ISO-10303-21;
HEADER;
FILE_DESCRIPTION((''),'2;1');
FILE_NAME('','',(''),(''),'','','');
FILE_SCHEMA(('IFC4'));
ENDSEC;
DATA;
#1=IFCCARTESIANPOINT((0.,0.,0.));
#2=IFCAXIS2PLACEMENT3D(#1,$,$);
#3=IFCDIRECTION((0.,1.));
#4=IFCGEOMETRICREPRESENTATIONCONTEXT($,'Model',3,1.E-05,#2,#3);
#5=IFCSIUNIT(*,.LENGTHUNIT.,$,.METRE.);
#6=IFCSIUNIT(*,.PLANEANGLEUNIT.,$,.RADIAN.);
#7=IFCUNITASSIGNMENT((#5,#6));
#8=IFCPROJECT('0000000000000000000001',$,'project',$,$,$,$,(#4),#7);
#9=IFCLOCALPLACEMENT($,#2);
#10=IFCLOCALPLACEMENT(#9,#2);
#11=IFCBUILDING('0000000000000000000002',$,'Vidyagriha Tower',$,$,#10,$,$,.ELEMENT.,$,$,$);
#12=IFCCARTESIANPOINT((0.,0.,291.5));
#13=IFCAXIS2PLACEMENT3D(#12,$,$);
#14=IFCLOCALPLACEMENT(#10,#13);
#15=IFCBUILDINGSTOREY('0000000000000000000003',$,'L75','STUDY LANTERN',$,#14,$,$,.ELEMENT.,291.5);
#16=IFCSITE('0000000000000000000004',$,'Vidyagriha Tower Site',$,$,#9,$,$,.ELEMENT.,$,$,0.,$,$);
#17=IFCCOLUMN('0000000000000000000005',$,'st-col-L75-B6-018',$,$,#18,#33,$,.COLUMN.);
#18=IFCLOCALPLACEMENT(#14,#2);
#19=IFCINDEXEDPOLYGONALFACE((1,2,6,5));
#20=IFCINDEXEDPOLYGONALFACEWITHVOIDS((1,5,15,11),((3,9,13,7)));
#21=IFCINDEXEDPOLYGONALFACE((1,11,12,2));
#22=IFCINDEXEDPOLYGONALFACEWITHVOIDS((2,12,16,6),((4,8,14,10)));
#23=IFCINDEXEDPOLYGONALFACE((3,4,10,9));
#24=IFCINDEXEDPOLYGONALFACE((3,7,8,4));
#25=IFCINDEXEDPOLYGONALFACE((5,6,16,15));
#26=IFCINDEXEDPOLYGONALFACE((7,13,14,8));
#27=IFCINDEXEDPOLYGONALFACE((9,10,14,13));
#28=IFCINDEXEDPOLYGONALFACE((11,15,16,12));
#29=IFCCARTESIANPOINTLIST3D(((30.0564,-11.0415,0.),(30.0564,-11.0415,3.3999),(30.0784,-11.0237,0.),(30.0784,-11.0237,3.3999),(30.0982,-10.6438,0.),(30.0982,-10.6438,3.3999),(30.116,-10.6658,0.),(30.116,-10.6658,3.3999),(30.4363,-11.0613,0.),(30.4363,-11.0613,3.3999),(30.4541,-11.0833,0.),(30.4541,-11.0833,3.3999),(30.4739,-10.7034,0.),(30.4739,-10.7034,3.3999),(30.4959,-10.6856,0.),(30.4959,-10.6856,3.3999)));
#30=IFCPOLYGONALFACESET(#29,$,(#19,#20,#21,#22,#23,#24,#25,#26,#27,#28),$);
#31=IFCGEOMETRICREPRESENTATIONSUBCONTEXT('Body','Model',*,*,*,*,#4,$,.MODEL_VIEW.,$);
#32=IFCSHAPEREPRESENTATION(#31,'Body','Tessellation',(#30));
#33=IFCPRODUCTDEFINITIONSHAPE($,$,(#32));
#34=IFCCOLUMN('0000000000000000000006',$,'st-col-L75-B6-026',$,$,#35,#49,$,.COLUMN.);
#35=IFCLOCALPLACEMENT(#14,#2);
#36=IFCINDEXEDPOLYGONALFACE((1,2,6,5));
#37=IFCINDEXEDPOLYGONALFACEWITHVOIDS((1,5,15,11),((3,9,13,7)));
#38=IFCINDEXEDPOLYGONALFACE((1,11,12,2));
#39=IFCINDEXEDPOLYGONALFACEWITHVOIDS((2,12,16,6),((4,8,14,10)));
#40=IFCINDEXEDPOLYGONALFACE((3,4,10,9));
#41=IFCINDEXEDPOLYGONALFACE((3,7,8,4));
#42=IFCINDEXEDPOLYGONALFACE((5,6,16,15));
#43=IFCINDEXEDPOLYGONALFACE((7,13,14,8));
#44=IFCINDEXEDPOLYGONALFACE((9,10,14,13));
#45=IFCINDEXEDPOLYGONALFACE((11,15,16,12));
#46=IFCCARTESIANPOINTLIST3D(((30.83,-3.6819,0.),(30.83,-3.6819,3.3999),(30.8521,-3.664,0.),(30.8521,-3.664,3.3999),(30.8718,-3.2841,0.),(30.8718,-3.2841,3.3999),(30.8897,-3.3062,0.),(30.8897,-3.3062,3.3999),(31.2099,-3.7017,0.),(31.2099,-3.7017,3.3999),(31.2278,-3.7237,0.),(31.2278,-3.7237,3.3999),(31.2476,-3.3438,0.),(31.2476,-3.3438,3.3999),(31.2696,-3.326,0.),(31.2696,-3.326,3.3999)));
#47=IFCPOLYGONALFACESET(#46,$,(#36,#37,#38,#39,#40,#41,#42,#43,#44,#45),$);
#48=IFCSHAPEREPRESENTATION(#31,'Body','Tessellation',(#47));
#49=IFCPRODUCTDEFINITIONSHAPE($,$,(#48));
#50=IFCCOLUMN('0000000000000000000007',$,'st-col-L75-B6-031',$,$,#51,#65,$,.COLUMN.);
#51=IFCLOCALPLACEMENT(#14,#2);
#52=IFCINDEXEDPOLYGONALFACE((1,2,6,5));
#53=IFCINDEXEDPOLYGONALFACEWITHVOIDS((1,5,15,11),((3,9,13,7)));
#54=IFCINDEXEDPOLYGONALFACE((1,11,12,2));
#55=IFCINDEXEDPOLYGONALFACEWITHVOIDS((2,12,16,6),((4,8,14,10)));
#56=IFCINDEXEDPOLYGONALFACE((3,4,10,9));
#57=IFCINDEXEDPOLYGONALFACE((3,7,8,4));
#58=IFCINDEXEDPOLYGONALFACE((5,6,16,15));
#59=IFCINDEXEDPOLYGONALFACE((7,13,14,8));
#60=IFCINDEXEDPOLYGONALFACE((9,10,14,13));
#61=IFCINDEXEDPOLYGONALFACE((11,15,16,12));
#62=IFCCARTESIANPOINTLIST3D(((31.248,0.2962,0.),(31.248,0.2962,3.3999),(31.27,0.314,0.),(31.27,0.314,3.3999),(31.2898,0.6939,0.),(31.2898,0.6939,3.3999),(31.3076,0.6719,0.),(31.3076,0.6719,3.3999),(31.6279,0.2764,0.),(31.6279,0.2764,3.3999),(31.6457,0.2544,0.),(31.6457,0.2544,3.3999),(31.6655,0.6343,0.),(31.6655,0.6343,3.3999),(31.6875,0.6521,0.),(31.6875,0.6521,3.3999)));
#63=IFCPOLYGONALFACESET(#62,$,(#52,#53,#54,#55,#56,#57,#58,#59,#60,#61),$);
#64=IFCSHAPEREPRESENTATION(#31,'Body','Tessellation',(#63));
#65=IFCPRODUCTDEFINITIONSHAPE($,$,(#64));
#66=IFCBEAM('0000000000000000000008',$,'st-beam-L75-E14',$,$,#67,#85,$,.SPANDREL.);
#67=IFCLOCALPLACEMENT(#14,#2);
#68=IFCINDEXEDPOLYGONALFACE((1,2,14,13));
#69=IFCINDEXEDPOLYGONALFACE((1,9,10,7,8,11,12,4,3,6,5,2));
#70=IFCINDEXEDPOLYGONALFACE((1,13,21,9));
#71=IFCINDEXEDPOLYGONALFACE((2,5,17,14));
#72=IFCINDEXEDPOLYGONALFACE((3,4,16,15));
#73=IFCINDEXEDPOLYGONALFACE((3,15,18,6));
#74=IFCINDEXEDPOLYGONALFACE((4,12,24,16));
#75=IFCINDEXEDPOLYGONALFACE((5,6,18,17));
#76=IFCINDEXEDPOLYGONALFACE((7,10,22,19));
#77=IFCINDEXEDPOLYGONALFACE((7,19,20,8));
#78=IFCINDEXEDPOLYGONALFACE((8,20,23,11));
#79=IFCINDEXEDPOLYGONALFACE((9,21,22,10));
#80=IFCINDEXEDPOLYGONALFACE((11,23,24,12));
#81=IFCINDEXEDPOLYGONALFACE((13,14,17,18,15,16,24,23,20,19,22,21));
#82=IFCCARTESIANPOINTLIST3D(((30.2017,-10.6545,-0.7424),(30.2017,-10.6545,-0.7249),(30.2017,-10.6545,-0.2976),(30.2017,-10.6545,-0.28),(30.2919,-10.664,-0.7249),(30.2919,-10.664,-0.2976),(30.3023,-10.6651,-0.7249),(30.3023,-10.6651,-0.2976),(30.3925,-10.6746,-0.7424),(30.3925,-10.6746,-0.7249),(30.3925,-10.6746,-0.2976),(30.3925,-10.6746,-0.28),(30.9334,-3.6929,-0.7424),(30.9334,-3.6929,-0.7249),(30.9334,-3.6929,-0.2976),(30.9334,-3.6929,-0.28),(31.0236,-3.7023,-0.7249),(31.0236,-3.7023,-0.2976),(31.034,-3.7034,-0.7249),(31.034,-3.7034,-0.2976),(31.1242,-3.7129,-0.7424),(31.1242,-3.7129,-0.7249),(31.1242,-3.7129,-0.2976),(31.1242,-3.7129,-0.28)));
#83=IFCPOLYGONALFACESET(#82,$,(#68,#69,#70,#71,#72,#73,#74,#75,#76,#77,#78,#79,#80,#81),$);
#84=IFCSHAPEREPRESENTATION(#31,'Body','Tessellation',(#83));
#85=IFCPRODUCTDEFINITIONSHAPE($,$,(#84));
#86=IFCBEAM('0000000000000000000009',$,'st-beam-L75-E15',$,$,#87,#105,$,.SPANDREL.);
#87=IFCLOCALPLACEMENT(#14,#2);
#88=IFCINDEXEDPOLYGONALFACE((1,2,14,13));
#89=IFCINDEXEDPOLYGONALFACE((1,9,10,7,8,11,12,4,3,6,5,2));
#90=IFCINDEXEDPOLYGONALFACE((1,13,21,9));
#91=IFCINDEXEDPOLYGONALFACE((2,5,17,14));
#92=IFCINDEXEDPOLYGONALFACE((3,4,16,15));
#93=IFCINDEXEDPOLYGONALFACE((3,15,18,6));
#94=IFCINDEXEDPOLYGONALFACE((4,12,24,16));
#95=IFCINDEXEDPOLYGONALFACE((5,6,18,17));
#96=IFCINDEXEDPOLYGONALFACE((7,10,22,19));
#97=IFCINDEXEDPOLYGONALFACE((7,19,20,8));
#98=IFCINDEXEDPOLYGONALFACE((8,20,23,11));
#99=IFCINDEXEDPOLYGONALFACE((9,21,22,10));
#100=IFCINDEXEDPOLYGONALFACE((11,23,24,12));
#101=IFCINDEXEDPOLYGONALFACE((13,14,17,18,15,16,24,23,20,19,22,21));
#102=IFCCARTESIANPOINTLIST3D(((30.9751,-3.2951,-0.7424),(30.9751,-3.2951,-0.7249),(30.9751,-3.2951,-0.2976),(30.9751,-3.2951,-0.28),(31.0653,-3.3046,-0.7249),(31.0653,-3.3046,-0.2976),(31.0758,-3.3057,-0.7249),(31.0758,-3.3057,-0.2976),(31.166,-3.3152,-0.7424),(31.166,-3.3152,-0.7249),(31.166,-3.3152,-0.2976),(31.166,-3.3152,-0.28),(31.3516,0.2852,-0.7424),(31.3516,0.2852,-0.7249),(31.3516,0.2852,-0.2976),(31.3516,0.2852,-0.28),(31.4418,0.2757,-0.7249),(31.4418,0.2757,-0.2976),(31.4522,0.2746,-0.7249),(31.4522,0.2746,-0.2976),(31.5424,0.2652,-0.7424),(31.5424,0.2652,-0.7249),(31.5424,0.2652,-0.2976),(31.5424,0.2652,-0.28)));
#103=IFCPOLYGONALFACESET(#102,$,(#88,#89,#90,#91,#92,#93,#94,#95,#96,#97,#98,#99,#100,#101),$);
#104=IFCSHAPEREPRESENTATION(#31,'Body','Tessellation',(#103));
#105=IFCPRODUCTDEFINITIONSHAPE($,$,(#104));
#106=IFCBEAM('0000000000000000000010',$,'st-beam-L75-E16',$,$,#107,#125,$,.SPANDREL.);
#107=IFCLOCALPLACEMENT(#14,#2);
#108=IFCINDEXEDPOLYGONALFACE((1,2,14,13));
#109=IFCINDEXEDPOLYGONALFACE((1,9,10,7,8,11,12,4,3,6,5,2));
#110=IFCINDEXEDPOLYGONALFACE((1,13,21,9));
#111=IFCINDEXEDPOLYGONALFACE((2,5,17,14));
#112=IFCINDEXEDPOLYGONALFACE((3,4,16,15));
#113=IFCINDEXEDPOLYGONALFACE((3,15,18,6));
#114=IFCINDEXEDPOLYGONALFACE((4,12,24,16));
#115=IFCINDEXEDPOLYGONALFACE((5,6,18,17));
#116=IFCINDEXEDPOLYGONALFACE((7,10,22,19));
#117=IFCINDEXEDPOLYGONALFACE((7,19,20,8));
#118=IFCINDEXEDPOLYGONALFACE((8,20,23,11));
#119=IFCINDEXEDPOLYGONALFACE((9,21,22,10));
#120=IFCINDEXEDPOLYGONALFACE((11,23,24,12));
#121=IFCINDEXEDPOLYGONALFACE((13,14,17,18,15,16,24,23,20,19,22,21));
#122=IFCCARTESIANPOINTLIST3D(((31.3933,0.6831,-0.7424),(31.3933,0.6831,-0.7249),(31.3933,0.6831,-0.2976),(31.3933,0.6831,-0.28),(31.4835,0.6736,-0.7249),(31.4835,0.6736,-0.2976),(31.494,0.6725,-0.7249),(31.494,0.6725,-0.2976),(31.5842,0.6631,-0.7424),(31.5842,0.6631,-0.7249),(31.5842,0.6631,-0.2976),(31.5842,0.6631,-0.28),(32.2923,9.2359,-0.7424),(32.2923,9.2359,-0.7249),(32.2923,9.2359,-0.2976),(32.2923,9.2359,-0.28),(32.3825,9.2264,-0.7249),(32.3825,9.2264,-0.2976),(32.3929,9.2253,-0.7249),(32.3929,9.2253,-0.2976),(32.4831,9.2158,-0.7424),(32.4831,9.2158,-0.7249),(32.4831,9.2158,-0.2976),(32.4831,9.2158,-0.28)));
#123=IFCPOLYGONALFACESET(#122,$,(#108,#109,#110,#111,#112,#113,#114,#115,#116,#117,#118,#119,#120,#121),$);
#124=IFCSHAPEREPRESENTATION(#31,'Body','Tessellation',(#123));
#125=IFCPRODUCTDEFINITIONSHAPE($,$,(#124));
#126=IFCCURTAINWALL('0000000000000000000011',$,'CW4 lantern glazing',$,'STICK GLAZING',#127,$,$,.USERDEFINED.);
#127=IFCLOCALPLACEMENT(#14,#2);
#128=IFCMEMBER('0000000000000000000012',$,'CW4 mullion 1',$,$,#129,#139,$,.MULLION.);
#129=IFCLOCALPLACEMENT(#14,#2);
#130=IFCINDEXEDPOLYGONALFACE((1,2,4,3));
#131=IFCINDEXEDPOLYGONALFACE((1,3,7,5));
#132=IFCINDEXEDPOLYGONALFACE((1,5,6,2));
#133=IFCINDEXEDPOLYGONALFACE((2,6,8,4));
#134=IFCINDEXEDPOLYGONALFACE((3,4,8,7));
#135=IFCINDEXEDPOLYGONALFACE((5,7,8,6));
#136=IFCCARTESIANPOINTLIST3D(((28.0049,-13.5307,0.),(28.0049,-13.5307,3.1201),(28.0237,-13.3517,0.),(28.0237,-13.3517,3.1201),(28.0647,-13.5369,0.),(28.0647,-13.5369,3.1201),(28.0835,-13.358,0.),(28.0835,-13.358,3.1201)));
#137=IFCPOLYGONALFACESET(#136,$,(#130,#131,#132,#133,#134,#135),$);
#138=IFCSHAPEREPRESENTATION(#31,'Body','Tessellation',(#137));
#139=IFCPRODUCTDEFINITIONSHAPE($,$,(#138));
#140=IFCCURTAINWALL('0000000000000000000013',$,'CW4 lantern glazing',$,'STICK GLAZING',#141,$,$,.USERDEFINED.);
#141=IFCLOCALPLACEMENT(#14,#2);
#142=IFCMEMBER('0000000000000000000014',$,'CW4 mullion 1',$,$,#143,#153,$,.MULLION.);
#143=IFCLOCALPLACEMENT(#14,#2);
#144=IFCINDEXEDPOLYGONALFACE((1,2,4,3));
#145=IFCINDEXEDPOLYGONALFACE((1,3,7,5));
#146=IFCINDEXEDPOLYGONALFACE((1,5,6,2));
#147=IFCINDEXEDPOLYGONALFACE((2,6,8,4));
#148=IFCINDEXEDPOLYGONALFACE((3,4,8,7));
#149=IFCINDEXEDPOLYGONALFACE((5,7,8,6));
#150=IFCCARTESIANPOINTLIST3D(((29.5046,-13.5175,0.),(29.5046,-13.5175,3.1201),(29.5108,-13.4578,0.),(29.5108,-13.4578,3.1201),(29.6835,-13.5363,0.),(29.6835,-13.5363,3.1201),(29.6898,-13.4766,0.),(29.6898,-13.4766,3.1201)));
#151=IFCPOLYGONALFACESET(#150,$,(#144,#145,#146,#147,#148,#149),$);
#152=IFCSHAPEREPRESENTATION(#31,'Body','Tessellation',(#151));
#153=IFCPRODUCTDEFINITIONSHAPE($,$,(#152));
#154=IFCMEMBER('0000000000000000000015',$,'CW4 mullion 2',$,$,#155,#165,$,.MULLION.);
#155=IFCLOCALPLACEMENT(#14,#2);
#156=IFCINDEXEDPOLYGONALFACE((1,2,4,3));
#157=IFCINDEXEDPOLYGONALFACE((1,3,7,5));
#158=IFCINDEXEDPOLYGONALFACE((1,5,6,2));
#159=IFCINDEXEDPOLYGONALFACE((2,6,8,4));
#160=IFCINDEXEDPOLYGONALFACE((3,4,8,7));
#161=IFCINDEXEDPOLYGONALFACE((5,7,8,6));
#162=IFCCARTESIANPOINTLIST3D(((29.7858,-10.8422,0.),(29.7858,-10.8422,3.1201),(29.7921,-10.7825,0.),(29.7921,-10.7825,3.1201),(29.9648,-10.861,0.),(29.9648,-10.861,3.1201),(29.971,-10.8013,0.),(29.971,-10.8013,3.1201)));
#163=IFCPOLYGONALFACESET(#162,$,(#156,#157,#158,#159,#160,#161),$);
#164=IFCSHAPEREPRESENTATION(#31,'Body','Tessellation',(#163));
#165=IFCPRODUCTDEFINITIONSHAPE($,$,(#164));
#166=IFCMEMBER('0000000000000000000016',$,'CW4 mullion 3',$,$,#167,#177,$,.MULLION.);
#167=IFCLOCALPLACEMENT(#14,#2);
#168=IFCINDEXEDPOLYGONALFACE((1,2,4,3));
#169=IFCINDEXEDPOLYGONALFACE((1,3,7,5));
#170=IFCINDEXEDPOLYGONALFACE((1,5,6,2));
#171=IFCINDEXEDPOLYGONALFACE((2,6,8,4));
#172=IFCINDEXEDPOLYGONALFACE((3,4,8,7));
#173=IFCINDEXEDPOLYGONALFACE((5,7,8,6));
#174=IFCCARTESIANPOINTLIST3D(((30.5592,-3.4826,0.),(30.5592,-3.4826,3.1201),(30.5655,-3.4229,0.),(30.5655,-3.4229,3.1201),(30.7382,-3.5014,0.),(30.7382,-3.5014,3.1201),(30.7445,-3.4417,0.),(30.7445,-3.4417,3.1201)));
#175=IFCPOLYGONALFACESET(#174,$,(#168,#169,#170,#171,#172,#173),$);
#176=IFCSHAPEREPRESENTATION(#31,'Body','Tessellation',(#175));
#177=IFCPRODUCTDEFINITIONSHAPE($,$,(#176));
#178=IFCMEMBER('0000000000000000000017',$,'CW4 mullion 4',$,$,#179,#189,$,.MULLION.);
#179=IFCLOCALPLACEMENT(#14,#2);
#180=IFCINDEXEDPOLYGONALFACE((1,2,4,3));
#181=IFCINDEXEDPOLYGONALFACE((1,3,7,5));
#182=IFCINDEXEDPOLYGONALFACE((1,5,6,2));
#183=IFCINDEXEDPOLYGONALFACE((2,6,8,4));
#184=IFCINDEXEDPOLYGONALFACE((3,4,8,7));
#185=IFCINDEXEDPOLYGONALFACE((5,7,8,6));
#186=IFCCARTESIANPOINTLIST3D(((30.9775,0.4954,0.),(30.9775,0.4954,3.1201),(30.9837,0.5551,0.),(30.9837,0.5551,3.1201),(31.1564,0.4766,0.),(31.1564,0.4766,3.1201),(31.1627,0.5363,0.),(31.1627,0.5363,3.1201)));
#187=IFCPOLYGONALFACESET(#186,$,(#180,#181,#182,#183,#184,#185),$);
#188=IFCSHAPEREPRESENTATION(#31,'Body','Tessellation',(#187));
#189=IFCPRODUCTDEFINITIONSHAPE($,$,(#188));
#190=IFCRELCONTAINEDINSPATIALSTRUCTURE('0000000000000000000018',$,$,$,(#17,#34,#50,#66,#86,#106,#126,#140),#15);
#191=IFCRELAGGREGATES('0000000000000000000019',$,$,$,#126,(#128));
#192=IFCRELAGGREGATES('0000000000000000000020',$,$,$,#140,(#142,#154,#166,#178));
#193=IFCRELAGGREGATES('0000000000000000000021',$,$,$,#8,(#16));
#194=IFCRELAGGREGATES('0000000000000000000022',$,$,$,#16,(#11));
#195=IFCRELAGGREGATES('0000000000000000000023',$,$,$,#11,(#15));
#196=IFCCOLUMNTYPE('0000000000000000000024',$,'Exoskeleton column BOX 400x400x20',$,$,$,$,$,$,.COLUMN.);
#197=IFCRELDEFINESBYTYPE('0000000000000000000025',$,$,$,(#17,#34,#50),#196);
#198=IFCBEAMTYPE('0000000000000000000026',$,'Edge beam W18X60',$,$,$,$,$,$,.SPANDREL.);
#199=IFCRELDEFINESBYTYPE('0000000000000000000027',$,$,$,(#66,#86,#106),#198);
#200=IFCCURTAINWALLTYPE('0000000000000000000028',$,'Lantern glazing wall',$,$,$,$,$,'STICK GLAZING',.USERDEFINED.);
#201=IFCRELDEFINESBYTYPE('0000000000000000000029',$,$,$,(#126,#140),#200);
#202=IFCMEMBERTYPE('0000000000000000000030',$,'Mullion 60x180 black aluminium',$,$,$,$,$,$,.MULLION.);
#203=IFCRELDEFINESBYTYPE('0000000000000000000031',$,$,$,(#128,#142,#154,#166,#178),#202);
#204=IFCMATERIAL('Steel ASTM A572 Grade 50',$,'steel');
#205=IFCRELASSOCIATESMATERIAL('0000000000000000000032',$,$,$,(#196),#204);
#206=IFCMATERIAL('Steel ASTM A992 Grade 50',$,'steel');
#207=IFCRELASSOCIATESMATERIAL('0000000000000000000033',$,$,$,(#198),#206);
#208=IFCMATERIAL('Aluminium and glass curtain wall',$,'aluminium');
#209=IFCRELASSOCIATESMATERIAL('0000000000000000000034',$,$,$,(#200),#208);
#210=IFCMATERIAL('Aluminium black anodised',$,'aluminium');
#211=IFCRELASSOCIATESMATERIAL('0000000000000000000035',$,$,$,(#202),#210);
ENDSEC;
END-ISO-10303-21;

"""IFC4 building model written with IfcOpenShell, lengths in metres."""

from ifc_helpers import new_model, si_unit, direction, frame, origin, origin_2d, place, context, subcontext, project, spatial, rectangle, hollow_rectangle, i_section, extrude, material, material_profile, profile_set, type_object, element, aggregate, save


model = new_model("IFC4")

# Units and contexts
model_context = context("Model", 3, precision=1e-05, world=origin(), true_north=direction((0.0, 1.0)))
body_context = subcontext(model_context, "Body", "Model", "MODEL_VIEW")
ifc_project = project(units=[si_unit("LENGTHUNIT", "METRE"), si_unit("PLANEANGLEUNIT", "RADIAN")], contexts=[model_context])

# Site, building, storey
site_placement = place(None, origin())
site = spatial("IfcSite", under=ifc_project, at=site_placement, Name="Vidyagriha Tower Site", CompositionType="ELEMENT", RefElevation=0.0)
building_placement = place(site_placement, origin())
building = spatial("IfcBuilding", under=site, at=building_placement, Name="Vidyagriha Tower", CompositionType="ELEMENT")
storey_placement = place(building_placement, frame((0.0, 0.0, 291.5)))
storey = spatial("IfcBuildingStorey", under=building, at=storey_placement, Name="L75", Description="STUDY LANTERN", CompositionType="ELEMENT", Elevation=291.5)

# Columns
ifc_material_1 = material(Name="Steel ASTM A572 Grade 50", Category="steel")
ifc_material_profile_1 = material_profile(ifc_material_1, hollow_rectangle(XDim=0.3999, YDim=0.3999, WallThickness=0.02, at=origin_2d()), Name="BOX 400x400x20")
ifc_profile_set_1 = profile_set([ifc_material_profile_1], Name="Steel ASTM A572 Grade 50")
column_type = type_object("IfcColumnType", Name="Exoskeleton column BOX 400x400x20", PredefinedType="COLUMN", material=ifc_profile_set_1)
for number, where, z_axis, x_axis, name in (
    (1, (30.2761, -10.8635, 0.0), (0.0, 0.0, 1.0), (0.994522, -0.104528, 0.0), "st-col-L75-B6-018"),
    (2, (31.0498, -3.5039, 0.0), (0.0, 0.0, 1.0), (0.994522, -0.104528, 0.0), "st-col-L75-B6-026"),
    (3, (31.4678, 0.4741, 0.0), (0.0, 0.0, 1.0), (0.994522, -0.104528, 0.0), "st-col-L75-B6-031"),
):
    element("IfcColumn", number, at=place(storey_placement, frame(where, z_axis=z_axis, x_axis=x_axis)), inside=storey, type_object=column_type, Name=name, PredefinedType="COLUMN", context=body_context, shape_type="SweptSolid", body=[
        extrude(hollow_rectangle(XDim=0.3999, YDim=0.3999, WallThickness=0.02, at=origin_2d()), origin(), (0.0, 0.0, 1.0), 3.3999),
    ])

# Beams
ifc_material_2 = material(Name="Steel ASTM A992 Grade 50", Category="steel")
ifc_material_profile_2 = material_profile(ifc_material_2, i_section(OverallWidth=0.1919, OverallDepth=0.4624, WebThickness=0.0105, FlangeThickness=0.0176, at=origin_2d()), Name="W18X60")
ifc_profile_set_2 = profile_set([ifc_material_profile_2], Name="Steel ASTM A992 Grade 50")
beam_type = type_object("IfcBeamType", Name="Edge beam W18X60", PredefinedType="SPANDREL", material=ifc_profile_set_2)
beam_1_placement = place(storey_placement, frame((30.2971, -10.6646, -0.5112), z_axis=(0.104527, 0.994522, 0.0), x_axis=(-0.994522, 0.104527, 0.0)))
element("IfcBeam", 4, at=beam_1_placement, inside=storey, type_object=beam_type, Name="st-beam-L75-E14", PredefinedType="SPANDREL", context=body_context, shape_type="SweptSolid", body=[
    extrude(i_section(OverallWidth=0.1919, OverallDepth=0.4624, WebThickness=0.0105, FlangeThickness=0.0176, at=origin_2d()), origin(), (0.0, 0.0, 1.0), 7.0),
])
beam_2_placement = place(storey_placement, frame((31.0706, -3.3052, -0.5112), z_axis=(0.104572, 0.994517, 0.0), x_axis=(-0.994517, 0.104572, 0.0)))
element("IfcBeam", 5, at=beam_2_placement, inside=storey, type_object=beam_type, Name="st-beam-L75-E15", PredefinedType="SPANDREL", context=body_context, shape_type="SweptSolid", body=[
    extrude(i_section(OverallWidth=0.1919, OverallDepth=0.4624, WebThickness=0.0105, FlangeThickness=0.0176, at=origin_2d()), origin(), (0.0, 0.0, 1.0), 3.6001),
])
beam_3_placement = place(storey_placement, frame((31.4888, 0.6731, -0.5112), z_axis=(0.104528, 0.994522, 0.0), x_axis=(-0.994522, 0.104528, 0.0)))
element("IfcBeam", 6, at=beam_3_placement, inside=storey, type_object=beam_type, Name="st-beam-L75-E16", PredefinedType="SPANDREL", context=body_context, shape_type="SweptSolid", body=[
    extrude(i_section(OverallWidth=0.1919, OverallDepth=0.4624, WebThickness=0.0105, FlangeThickness=0.0176, at=origin_2d()), origin(), (0.0, 0.0, 1.0), 8.5999),
])

# Curtain wall, member
ifc_material_3 = material(Name="Aluminium and glass curtain wall", Category="aluminium")
curtain_wall_type = type_object("IfcCurtainWallType", Name="Lantern glazing wall", ElementType="STICK GLAZING", PredefinedType="USERDEFINED", material=ifc_material_3)
curtain_wall_1_placement = place(storey_placement, origin())
curtain_wall_1 = element("IfcCurtainWall", 7, at=curtain_wall_1_placement, inside=storey, type_object=curtain_wall_type, Name="CW4 lantern glazing", ObjectType="STICK GLAZING", PredefinedType="USERDEFINED")
ifc_material_4 = material(Name="Aluminium black anodised", Category="aluminium")
ifc_material_profile_3 = material_profile(ifc_material_4, rectangle(XDim=0.1799, YDim=0.0601, at=origin_2d()), Name="Mullion 60x180 black aluminium")
ifc_profile_set_3 = profile_set([ifc_material_profile_3], Name="Aluminium black anodised")
member_type_1 = type_object("IfcMemberType", Name="Mullion 60x180 black aluminium", PredefinedType="MULLION", material=ifc_profile_set_3)
member_1_placement = place(storey_placement, frame((28.0442, -13.4443, 0.0), z_axis=(0.0, 0.0, 1.0), x_axis=(0.104512, 0.994524, 0.0)))
member_1 = element("IfcMember", 8, at=member_1_placement, type_object=member_type_1, Name="CW4 mullion 1", PredefinedType="MULLION", context=body_context, shape_type="SweptSolid", body=[
    extrude(rectangle(XDim=0.1799, YDim=0.0601, at=origin_2d()), origin(), (0.0, 0.0, 1.0), 3.1201),
])

# Curtain wall, members
curtain_wall_2_placement = place(storey_placement, origin())
curtain_wall_2 = element("IfcCurtainWall", 9, at=curtain_wall_2_placement, inside=storey, type_object=curtain_wall_type, Name="CW4 lantern glazing", ObjectType="STICK GLAZING", PredefinedType="USERDEFINED")
member_2_placement = place(storey_placement, frame((29.5972, -13.4971, 0.0), z_axis=(0.0, 0.0, 1.0), x_axis=(-0.994522, 0.104527, 0.0)))
member_2 = element("IfcMember", 10, at=member_2_placement, type_object=member_type_1, Name="CW4 mullion 1", PredefinedType="MULLION", context=body_context, shape_type="SweptSolid", body=[
    extrude(rectangle(XDim=0.1799, YDim=0.0601, at=origin_2d()), origin(), (0.0, 0.0, 1.0), 3.1201),
])
member_3_placement = place(storey_placement, frame((29.8784, -10.8218, 0.0), z_axis=(0.0, 0.0, 1.0), x_axis=(-0.994522, 0.104527, 0.0)))
member_3 = element("IfcMember", 11, at=member_3_placement, type_object=member_type_1, Name="CW4 mullion 2", PredefinedType="MULLION", context=body_context, shape_type="SweptSolid", body=[
    extrude(rectangle(XDim=0.1799, YDim=0.0601, at=origin_2d()), origin(), (0.0, 0.0, 1.0), 3.1201),
])
member_4_placement = place(storey_placement, frame((30.6519, -3.4622, 0.0), z_axis=(0.0, 0.0, 1.0), x_axis=(-0.994522, 0.104527, 0.0)))
member_4 = element("IfcMember", 12, at=member_4_placement, type_object=member_type_1, Name="CW4 mullion 3", PredefinedType="MULLION", context=body_context, shape_type="SweptSolid", body=[
    extrude(rectangle(XDim=0.1799, YDim=0.0601, at=origin_2d()), origin(), (0.0, 0.0, 1.0), 3.1201),
])
member_5_placement = place(storey_placement, frame((31.0701, 0.5159, 0.0), z_axis=(0.0, 0.0, 1.0), x_axis=(-0.994522, 0.104527, 0.0)))
member_5 = element("IfcMember", 13, at=member_5_placement, type_object=member_type_1, Name="CW4 mullion 4", PredefinedType="MULLION", context=body_context, shape_type="SweptSolid", body=[
    extrude(rectangle(XDim=0.1799, YDim=0.0601, at=origin_2d()), origin(), (0.0, 0.0, 1.0), 3.1201),
])

aggregate(curtain_wall_1, [member_1])

aggregate(curtain_wall_2, [member_2, member_3, member_4, member_5])

save(model, "model.ifc")
